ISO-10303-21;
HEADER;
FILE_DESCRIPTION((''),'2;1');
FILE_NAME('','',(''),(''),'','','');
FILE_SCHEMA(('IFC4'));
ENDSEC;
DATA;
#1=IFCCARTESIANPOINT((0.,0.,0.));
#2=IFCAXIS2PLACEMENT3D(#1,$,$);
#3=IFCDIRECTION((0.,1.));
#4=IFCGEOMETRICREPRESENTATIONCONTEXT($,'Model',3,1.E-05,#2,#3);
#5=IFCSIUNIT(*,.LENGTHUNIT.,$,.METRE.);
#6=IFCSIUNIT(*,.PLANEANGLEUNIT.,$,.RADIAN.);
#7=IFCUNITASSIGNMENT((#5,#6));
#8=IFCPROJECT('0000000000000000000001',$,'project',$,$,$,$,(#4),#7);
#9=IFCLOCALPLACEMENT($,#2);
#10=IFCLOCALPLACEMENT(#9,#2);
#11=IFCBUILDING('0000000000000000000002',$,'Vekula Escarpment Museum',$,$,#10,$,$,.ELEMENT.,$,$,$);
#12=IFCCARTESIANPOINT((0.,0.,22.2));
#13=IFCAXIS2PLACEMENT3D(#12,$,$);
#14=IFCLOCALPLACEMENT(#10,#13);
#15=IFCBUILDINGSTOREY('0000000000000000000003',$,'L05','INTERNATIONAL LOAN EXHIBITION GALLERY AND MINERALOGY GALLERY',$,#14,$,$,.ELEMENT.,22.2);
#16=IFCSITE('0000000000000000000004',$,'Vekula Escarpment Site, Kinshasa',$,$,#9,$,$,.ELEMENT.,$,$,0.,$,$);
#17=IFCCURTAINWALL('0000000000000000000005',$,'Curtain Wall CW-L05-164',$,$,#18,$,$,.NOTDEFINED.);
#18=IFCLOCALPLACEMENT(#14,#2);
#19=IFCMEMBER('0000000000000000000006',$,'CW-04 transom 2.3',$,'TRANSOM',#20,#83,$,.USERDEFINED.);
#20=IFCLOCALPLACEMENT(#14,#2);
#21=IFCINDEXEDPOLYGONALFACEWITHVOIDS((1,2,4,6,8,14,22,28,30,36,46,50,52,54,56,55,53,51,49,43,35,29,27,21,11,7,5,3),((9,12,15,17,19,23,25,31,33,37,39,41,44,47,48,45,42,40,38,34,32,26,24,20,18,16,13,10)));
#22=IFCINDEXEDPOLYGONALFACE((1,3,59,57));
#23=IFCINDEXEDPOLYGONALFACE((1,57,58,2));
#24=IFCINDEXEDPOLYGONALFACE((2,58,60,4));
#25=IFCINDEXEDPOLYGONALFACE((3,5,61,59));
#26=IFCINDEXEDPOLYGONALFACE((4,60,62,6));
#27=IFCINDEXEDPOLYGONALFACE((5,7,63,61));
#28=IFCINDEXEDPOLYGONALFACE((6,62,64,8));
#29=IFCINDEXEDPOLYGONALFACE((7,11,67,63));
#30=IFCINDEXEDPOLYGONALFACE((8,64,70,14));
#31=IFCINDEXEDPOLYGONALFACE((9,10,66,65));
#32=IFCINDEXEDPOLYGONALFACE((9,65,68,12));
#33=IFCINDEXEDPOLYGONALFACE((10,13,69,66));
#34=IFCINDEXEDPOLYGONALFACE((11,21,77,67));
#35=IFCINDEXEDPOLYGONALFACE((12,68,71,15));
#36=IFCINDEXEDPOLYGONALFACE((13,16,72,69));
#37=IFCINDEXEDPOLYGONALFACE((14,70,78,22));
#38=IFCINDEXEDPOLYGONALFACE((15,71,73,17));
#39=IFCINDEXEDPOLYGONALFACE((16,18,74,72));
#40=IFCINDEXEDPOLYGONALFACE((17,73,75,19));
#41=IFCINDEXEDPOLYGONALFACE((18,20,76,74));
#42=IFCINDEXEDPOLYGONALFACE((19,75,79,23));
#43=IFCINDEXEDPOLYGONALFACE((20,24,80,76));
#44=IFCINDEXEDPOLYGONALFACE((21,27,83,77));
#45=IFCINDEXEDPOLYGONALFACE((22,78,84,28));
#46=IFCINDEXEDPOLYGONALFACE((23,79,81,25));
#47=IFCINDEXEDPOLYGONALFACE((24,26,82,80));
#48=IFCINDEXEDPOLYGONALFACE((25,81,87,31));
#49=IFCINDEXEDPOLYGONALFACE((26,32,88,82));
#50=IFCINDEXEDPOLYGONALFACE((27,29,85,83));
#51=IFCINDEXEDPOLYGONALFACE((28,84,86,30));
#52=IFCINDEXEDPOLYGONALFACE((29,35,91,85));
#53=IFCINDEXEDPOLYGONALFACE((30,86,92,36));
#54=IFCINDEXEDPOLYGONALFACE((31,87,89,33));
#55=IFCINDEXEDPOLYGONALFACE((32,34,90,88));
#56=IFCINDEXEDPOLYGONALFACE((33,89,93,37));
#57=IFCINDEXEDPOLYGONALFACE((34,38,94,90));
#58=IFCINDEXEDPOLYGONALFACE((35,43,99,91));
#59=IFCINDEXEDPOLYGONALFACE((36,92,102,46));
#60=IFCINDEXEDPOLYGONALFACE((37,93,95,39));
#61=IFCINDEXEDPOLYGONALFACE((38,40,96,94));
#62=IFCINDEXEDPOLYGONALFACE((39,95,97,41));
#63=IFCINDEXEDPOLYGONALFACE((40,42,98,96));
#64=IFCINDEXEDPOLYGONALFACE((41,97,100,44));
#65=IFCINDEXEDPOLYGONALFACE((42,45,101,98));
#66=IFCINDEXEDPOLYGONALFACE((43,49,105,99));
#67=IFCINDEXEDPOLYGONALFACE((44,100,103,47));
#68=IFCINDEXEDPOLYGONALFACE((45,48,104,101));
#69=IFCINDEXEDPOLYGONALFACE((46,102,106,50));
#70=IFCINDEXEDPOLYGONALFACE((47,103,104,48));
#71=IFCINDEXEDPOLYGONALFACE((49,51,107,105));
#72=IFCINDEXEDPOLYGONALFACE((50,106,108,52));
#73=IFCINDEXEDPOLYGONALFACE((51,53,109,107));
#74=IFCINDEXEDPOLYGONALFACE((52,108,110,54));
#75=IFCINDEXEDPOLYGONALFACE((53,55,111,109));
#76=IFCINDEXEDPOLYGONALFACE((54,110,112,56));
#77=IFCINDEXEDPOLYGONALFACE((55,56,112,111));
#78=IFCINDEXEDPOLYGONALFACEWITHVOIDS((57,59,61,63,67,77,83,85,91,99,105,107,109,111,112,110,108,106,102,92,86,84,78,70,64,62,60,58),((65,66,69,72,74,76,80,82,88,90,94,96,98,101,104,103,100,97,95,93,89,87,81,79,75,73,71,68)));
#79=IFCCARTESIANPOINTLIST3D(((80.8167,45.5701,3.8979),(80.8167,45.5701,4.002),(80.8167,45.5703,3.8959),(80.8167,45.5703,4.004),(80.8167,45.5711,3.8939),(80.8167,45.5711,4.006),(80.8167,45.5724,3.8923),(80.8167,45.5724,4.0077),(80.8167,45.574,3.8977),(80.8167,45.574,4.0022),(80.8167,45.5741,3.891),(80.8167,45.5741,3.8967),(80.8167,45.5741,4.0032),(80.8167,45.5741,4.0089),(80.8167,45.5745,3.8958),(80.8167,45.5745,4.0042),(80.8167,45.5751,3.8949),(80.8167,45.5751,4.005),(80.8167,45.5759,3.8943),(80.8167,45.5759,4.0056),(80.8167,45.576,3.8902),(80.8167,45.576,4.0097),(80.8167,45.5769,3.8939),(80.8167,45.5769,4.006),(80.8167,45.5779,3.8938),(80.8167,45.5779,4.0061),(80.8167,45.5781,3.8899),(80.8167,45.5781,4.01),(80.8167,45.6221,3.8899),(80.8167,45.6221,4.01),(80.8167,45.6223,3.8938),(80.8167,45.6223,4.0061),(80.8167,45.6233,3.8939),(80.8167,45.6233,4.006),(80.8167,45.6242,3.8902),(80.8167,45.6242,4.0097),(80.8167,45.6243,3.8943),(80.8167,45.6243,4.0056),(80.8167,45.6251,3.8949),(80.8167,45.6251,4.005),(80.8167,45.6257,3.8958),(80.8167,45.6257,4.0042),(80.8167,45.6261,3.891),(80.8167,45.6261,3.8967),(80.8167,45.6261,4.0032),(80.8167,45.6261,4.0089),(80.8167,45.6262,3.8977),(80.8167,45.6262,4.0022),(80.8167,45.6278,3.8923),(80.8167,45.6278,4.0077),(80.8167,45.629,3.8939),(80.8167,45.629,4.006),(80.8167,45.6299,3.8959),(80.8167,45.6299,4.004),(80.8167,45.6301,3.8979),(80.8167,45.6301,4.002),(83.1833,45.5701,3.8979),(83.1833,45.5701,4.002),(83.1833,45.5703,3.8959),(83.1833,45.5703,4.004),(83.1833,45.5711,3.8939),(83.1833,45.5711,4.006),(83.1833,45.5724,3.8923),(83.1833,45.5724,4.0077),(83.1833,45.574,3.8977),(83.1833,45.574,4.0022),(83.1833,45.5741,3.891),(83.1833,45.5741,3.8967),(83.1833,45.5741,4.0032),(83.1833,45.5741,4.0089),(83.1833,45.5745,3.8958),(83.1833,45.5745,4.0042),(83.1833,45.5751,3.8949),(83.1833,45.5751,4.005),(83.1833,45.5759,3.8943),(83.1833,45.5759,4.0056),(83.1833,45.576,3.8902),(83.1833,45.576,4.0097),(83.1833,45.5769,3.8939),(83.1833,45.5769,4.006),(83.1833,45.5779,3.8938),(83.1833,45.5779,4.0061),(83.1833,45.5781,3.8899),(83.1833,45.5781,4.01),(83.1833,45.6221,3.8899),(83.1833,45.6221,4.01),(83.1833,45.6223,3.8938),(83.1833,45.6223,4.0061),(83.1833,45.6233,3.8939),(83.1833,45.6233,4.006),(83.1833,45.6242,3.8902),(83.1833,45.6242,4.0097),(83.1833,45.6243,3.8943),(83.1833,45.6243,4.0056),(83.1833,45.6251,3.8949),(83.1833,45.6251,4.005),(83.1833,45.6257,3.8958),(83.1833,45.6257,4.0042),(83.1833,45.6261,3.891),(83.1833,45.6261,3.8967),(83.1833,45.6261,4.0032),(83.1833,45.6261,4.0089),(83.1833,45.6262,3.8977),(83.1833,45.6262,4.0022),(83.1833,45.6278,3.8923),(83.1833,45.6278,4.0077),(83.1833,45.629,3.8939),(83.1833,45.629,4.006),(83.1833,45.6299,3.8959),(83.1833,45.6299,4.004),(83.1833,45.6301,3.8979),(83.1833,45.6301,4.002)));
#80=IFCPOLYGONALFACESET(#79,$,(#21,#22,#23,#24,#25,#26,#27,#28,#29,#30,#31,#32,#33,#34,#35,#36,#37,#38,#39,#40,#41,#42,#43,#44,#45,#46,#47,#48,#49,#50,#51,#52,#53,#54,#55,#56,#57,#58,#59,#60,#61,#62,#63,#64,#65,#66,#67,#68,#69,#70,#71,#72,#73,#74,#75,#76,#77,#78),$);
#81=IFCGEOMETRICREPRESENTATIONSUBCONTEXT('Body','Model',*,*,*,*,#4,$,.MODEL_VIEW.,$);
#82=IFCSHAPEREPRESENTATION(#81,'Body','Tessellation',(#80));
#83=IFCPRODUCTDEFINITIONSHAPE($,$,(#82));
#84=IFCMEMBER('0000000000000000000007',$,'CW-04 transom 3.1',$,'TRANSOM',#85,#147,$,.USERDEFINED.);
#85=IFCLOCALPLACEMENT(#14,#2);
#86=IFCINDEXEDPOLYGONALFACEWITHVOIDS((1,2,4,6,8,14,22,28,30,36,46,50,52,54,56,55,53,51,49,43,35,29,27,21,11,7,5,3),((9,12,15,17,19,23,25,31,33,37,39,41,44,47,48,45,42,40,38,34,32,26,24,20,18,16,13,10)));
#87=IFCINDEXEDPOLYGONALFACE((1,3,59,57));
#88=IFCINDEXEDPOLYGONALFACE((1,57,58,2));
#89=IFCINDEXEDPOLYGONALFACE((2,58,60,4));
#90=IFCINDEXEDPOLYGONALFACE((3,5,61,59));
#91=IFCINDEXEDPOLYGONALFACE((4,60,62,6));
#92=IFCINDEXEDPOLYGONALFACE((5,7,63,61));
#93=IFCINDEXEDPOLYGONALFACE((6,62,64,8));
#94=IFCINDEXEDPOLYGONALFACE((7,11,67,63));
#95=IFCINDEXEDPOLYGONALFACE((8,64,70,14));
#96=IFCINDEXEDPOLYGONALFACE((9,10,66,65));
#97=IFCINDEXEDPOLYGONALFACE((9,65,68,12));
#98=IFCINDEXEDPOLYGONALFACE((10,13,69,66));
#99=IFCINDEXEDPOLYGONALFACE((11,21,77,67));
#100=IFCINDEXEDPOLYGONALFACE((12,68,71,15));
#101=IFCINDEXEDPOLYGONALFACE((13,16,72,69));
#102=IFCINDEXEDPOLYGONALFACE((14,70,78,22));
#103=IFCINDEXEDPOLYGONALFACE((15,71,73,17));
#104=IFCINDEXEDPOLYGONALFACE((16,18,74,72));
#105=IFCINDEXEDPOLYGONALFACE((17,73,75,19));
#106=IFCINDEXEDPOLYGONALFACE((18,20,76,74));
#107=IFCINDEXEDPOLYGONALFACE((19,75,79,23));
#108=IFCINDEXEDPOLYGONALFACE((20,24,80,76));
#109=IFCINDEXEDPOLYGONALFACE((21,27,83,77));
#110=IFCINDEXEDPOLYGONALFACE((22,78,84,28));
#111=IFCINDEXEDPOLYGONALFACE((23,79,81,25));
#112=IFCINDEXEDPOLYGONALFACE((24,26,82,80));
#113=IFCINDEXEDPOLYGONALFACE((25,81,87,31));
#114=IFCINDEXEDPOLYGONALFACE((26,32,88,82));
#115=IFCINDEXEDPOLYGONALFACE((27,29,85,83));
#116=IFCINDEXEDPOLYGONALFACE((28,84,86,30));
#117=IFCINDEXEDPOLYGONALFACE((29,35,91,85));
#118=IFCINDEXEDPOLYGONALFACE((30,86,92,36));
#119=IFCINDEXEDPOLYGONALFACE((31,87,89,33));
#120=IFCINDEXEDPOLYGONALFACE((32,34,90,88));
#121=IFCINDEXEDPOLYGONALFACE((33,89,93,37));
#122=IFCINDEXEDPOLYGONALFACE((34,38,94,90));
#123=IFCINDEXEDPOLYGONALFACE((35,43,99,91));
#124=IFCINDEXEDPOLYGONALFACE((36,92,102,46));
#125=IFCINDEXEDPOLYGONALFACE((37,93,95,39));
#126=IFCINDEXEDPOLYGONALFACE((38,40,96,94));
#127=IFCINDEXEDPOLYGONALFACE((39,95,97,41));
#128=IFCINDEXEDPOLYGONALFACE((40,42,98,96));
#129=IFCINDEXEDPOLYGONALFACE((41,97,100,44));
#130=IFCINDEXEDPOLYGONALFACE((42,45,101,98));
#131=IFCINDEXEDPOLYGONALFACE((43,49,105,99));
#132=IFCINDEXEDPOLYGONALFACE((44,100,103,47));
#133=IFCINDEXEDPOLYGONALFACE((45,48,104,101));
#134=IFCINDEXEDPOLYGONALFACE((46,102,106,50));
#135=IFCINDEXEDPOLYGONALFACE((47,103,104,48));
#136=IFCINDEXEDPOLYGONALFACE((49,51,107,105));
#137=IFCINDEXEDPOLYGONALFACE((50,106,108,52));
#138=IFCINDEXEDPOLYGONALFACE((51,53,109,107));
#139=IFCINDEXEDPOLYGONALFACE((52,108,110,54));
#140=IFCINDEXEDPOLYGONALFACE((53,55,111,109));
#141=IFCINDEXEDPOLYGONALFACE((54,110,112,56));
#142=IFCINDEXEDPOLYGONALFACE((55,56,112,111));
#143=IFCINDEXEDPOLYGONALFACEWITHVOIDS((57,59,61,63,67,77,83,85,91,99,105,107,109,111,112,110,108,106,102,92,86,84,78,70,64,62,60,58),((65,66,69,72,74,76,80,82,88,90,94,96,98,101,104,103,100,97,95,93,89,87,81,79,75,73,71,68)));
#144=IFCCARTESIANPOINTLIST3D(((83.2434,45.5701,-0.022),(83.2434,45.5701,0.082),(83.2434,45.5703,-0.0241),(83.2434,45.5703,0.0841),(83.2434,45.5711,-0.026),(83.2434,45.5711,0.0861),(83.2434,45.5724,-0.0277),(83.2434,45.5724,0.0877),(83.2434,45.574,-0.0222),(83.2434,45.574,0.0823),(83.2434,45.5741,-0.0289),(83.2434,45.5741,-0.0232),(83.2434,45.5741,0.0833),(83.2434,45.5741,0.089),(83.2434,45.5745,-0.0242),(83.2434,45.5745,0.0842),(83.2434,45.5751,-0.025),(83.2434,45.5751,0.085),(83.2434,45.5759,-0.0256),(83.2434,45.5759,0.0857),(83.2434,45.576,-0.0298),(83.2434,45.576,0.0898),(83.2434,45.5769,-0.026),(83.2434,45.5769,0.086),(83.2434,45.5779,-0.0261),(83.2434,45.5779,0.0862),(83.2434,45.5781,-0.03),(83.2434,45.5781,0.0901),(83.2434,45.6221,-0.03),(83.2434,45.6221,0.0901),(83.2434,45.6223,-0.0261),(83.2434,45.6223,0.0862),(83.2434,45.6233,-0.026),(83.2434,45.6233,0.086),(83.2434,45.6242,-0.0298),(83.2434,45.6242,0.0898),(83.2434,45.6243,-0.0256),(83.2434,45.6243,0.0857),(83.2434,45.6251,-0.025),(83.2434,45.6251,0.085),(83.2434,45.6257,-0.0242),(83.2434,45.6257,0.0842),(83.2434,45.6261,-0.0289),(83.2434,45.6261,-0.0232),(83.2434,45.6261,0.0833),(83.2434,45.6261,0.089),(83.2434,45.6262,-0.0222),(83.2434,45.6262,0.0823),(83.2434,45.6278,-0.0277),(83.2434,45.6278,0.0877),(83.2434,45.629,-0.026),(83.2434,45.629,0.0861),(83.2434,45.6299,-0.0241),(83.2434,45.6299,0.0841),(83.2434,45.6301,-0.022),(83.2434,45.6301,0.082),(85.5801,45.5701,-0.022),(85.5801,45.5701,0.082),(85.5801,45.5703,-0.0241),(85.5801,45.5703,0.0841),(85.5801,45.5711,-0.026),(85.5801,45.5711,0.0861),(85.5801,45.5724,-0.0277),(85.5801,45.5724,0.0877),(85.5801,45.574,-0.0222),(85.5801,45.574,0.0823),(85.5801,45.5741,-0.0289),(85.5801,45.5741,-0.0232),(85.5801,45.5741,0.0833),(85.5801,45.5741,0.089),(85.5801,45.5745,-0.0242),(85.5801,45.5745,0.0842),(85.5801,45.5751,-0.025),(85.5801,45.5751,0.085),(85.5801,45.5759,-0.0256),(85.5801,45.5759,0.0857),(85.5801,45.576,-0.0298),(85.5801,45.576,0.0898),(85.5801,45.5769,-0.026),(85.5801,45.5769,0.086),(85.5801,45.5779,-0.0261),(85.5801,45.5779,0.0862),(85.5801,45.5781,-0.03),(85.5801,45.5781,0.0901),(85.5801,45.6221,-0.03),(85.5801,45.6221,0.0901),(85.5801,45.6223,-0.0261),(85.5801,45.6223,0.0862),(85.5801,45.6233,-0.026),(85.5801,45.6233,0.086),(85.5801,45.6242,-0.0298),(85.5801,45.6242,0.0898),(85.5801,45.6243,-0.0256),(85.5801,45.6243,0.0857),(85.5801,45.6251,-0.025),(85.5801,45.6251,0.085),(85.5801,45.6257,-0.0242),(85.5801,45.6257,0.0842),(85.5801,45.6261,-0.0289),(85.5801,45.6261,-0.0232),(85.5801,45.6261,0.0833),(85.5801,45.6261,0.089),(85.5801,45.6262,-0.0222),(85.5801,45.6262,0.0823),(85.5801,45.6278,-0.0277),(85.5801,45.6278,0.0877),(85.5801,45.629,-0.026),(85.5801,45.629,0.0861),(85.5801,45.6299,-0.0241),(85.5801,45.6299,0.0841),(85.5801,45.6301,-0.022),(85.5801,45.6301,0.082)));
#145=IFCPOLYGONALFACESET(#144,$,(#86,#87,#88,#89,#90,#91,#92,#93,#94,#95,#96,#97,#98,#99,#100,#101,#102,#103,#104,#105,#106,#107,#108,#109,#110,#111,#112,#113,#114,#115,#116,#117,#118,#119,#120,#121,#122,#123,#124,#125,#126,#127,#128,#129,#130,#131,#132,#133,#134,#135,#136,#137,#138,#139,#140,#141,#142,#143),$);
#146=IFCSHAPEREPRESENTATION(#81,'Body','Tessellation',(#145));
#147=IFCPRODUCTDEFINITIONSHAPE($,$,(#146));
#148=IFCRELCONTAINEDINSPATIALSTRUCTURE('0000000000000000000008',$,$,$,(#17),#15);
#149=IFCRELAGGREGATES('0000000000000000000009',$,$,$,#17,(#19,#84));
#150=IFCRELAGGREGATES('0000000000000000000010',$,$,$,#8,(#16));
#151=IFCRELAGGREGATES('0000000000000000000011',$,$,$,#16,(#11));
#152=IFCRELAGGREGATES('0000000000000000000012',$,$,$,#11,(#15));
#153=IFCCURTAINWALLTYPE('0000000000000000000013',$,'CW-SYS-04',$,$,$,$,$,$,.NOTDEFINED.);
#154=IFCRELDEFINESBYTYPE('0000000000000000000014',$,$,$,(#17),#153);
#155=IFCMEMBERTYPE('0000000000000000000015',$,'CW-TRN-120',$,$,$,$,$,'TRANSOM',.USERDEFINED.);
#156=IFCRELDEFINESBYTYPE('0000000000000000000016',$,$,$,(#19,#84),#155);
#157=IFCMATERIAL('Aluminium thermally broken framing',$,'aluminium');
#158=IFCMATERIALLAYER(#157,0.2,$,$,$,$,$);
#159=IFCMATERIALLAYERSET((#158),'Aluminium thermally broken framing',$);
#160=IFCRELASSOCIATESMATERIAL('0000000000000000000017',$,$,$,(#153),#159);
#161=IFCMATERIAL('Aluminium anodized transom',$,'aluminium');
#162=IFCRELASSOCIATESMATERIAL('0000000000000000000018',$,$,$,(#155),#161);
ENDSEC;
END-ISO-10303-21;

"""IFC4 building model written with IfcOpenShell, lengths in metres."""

from ifc_helpers import new_model, si_unit, direction, frame, origin, origin_2d, place, context, subcontext, project, spatial, hollow_rectangle, extrude, material, layer, layer_set, material_profile, profile_set, type_object, element, aggregate, save


model = new_model("IFC4")

# Units and contexts
model_context = context("Model", 3, precision=1e-05, world=origin(), true_north=direction((0.0, 1.0)))
body_context = subcontext(model_context, "Body", "Model", "MODEL_VIEW")
ifc_project = project(units=[si_unit("LENGTHUNIT", "METRE"), si_unit("PLANEANGLEUNIT", "RADIAN")], contexts=[model_context])

# Site, building, storey
site_placement = place(None, origin())
site = spatial("IfcSite", under=ifc_project, at=site_placement, Name="Vekula Escarpment Site, Kinshasa", CompositionType="ELEMENT", RefElevation=0.0)
building_placement = place(site_placement, origin())
building = spatial("IfcBuilding", under=site, at=building_placement, Name="Vekula Escarpment Museum", CompositionType="ELEMENT")
storey_placement = place(building_placement, frame((0.0, 0.0, 22.2)))
storey = spatial("IfcBuildingStorey", under=building, at=storey_placement, Name="L05", Description="INTERNATIONAL LOAN EXHIBITION GALLERY AND MINERALOGY GALLERY", CompositionType="ELEMENT", Elevation=22.2)

# Curtain wall
ifc_material_1 = material(Name="Aluminium thermally broken framing", Category="aluminium")
ifc_layer_1 = layer(ifc_material_1, 0.2)
ifc_layer_set_1 = layer_set([ifc_layer_1], Name="Aluminium thermally broken framing")
curtain_wall_type_1 = type_object("IfcCurtainWallType", Name="CW-SYS-04", PredefinedType="NOTDEFINED", material=ifc_layer_set_1)
curtain_wall_1_placement = place(storey_placement, origin())
curtain_wall_1 = element("IfcCurtainWall", 1, at=curtain_wall_1_placement, inside=storey, type_object=curtain_wall_type_1, Name="Curtain Wall CW-L05-164", PredefinedType="NOTDEFINED")

# Members
ifc_material_2 = material(Name="Aluminium anodized transom", Category="aluminium")
ifc_material_profile_1 = material_profile(ifc_material_2, hollow_rectangle(XDim=0.0601, YDim=0.1201, WallThickness=0.0039, InnerFilletRadius=0.0039, OuterFilletRadius=0.0081, at=origin_2d()), Name="ALU 120x60x4")
ifc_profile_set_1 = profile_set([ifc_material_profile_1], Name="Aluminium anodized transom")
member_type_1 = type_object("IfcMemberType", Name="CW-TRN-120", ElementType="TRANSOM", PredefinedType="USERDEFINED", material=ifc_profile_set_1)
member_1_placement = place(storey_placement, frame((80.8167, 45.6001, 3.95), z_axis=(1.0, 0.0, 0.0), x_axis=(0.0, 1.0, 0.0)))
member_1 = element("IfcMember", 2, at=member_1_placement, type_object=member_type_1, Name="CW-04 transom 2.3", ObjectType="TRANSOM", PredefinedType="USERDEFINED", context=body_context, shape_type="SweptSolid", body=[
    extrude(hollow_rectangle(XDim=0.0601, YDim=0.1201, WallThickness=0.0039, InnerFilletRadius=0.0039, OuterFilletRadius=0.0081, at=origin_2d()), origin(), (0.0, 0.0, 1.0), 2.3667),
])
member_2_placement = place(storey_placement, frame((83.2434, 45.6001, 0.03), z_axis=(1.0, 0.0, 0.0), x_axis=(0.0, 1.0, 0.0)))
member_2 = element("IfcMember", 3, at=member_2_placement, type_object=member_type_1, Name="CW-04 transom 3.1", ObjectType="TRANSOM", PredefinedType="USERDEFINED", context=body_context, shape_type="SweptSolid", body=[
    extrude(hollow_rectangle(XDim=0.0601, YDim=0.1201, WallThickness=0.0039, InnerFilletRadius=0.0039, OuterFilletRadius=0.0081, at=origin_2d()), origin(), (0.0, 0.0, 1.0), 2.3367),
])

aggregate(curtain_wall_1, [member_1, member_2])

save(model, "model.ifc")
